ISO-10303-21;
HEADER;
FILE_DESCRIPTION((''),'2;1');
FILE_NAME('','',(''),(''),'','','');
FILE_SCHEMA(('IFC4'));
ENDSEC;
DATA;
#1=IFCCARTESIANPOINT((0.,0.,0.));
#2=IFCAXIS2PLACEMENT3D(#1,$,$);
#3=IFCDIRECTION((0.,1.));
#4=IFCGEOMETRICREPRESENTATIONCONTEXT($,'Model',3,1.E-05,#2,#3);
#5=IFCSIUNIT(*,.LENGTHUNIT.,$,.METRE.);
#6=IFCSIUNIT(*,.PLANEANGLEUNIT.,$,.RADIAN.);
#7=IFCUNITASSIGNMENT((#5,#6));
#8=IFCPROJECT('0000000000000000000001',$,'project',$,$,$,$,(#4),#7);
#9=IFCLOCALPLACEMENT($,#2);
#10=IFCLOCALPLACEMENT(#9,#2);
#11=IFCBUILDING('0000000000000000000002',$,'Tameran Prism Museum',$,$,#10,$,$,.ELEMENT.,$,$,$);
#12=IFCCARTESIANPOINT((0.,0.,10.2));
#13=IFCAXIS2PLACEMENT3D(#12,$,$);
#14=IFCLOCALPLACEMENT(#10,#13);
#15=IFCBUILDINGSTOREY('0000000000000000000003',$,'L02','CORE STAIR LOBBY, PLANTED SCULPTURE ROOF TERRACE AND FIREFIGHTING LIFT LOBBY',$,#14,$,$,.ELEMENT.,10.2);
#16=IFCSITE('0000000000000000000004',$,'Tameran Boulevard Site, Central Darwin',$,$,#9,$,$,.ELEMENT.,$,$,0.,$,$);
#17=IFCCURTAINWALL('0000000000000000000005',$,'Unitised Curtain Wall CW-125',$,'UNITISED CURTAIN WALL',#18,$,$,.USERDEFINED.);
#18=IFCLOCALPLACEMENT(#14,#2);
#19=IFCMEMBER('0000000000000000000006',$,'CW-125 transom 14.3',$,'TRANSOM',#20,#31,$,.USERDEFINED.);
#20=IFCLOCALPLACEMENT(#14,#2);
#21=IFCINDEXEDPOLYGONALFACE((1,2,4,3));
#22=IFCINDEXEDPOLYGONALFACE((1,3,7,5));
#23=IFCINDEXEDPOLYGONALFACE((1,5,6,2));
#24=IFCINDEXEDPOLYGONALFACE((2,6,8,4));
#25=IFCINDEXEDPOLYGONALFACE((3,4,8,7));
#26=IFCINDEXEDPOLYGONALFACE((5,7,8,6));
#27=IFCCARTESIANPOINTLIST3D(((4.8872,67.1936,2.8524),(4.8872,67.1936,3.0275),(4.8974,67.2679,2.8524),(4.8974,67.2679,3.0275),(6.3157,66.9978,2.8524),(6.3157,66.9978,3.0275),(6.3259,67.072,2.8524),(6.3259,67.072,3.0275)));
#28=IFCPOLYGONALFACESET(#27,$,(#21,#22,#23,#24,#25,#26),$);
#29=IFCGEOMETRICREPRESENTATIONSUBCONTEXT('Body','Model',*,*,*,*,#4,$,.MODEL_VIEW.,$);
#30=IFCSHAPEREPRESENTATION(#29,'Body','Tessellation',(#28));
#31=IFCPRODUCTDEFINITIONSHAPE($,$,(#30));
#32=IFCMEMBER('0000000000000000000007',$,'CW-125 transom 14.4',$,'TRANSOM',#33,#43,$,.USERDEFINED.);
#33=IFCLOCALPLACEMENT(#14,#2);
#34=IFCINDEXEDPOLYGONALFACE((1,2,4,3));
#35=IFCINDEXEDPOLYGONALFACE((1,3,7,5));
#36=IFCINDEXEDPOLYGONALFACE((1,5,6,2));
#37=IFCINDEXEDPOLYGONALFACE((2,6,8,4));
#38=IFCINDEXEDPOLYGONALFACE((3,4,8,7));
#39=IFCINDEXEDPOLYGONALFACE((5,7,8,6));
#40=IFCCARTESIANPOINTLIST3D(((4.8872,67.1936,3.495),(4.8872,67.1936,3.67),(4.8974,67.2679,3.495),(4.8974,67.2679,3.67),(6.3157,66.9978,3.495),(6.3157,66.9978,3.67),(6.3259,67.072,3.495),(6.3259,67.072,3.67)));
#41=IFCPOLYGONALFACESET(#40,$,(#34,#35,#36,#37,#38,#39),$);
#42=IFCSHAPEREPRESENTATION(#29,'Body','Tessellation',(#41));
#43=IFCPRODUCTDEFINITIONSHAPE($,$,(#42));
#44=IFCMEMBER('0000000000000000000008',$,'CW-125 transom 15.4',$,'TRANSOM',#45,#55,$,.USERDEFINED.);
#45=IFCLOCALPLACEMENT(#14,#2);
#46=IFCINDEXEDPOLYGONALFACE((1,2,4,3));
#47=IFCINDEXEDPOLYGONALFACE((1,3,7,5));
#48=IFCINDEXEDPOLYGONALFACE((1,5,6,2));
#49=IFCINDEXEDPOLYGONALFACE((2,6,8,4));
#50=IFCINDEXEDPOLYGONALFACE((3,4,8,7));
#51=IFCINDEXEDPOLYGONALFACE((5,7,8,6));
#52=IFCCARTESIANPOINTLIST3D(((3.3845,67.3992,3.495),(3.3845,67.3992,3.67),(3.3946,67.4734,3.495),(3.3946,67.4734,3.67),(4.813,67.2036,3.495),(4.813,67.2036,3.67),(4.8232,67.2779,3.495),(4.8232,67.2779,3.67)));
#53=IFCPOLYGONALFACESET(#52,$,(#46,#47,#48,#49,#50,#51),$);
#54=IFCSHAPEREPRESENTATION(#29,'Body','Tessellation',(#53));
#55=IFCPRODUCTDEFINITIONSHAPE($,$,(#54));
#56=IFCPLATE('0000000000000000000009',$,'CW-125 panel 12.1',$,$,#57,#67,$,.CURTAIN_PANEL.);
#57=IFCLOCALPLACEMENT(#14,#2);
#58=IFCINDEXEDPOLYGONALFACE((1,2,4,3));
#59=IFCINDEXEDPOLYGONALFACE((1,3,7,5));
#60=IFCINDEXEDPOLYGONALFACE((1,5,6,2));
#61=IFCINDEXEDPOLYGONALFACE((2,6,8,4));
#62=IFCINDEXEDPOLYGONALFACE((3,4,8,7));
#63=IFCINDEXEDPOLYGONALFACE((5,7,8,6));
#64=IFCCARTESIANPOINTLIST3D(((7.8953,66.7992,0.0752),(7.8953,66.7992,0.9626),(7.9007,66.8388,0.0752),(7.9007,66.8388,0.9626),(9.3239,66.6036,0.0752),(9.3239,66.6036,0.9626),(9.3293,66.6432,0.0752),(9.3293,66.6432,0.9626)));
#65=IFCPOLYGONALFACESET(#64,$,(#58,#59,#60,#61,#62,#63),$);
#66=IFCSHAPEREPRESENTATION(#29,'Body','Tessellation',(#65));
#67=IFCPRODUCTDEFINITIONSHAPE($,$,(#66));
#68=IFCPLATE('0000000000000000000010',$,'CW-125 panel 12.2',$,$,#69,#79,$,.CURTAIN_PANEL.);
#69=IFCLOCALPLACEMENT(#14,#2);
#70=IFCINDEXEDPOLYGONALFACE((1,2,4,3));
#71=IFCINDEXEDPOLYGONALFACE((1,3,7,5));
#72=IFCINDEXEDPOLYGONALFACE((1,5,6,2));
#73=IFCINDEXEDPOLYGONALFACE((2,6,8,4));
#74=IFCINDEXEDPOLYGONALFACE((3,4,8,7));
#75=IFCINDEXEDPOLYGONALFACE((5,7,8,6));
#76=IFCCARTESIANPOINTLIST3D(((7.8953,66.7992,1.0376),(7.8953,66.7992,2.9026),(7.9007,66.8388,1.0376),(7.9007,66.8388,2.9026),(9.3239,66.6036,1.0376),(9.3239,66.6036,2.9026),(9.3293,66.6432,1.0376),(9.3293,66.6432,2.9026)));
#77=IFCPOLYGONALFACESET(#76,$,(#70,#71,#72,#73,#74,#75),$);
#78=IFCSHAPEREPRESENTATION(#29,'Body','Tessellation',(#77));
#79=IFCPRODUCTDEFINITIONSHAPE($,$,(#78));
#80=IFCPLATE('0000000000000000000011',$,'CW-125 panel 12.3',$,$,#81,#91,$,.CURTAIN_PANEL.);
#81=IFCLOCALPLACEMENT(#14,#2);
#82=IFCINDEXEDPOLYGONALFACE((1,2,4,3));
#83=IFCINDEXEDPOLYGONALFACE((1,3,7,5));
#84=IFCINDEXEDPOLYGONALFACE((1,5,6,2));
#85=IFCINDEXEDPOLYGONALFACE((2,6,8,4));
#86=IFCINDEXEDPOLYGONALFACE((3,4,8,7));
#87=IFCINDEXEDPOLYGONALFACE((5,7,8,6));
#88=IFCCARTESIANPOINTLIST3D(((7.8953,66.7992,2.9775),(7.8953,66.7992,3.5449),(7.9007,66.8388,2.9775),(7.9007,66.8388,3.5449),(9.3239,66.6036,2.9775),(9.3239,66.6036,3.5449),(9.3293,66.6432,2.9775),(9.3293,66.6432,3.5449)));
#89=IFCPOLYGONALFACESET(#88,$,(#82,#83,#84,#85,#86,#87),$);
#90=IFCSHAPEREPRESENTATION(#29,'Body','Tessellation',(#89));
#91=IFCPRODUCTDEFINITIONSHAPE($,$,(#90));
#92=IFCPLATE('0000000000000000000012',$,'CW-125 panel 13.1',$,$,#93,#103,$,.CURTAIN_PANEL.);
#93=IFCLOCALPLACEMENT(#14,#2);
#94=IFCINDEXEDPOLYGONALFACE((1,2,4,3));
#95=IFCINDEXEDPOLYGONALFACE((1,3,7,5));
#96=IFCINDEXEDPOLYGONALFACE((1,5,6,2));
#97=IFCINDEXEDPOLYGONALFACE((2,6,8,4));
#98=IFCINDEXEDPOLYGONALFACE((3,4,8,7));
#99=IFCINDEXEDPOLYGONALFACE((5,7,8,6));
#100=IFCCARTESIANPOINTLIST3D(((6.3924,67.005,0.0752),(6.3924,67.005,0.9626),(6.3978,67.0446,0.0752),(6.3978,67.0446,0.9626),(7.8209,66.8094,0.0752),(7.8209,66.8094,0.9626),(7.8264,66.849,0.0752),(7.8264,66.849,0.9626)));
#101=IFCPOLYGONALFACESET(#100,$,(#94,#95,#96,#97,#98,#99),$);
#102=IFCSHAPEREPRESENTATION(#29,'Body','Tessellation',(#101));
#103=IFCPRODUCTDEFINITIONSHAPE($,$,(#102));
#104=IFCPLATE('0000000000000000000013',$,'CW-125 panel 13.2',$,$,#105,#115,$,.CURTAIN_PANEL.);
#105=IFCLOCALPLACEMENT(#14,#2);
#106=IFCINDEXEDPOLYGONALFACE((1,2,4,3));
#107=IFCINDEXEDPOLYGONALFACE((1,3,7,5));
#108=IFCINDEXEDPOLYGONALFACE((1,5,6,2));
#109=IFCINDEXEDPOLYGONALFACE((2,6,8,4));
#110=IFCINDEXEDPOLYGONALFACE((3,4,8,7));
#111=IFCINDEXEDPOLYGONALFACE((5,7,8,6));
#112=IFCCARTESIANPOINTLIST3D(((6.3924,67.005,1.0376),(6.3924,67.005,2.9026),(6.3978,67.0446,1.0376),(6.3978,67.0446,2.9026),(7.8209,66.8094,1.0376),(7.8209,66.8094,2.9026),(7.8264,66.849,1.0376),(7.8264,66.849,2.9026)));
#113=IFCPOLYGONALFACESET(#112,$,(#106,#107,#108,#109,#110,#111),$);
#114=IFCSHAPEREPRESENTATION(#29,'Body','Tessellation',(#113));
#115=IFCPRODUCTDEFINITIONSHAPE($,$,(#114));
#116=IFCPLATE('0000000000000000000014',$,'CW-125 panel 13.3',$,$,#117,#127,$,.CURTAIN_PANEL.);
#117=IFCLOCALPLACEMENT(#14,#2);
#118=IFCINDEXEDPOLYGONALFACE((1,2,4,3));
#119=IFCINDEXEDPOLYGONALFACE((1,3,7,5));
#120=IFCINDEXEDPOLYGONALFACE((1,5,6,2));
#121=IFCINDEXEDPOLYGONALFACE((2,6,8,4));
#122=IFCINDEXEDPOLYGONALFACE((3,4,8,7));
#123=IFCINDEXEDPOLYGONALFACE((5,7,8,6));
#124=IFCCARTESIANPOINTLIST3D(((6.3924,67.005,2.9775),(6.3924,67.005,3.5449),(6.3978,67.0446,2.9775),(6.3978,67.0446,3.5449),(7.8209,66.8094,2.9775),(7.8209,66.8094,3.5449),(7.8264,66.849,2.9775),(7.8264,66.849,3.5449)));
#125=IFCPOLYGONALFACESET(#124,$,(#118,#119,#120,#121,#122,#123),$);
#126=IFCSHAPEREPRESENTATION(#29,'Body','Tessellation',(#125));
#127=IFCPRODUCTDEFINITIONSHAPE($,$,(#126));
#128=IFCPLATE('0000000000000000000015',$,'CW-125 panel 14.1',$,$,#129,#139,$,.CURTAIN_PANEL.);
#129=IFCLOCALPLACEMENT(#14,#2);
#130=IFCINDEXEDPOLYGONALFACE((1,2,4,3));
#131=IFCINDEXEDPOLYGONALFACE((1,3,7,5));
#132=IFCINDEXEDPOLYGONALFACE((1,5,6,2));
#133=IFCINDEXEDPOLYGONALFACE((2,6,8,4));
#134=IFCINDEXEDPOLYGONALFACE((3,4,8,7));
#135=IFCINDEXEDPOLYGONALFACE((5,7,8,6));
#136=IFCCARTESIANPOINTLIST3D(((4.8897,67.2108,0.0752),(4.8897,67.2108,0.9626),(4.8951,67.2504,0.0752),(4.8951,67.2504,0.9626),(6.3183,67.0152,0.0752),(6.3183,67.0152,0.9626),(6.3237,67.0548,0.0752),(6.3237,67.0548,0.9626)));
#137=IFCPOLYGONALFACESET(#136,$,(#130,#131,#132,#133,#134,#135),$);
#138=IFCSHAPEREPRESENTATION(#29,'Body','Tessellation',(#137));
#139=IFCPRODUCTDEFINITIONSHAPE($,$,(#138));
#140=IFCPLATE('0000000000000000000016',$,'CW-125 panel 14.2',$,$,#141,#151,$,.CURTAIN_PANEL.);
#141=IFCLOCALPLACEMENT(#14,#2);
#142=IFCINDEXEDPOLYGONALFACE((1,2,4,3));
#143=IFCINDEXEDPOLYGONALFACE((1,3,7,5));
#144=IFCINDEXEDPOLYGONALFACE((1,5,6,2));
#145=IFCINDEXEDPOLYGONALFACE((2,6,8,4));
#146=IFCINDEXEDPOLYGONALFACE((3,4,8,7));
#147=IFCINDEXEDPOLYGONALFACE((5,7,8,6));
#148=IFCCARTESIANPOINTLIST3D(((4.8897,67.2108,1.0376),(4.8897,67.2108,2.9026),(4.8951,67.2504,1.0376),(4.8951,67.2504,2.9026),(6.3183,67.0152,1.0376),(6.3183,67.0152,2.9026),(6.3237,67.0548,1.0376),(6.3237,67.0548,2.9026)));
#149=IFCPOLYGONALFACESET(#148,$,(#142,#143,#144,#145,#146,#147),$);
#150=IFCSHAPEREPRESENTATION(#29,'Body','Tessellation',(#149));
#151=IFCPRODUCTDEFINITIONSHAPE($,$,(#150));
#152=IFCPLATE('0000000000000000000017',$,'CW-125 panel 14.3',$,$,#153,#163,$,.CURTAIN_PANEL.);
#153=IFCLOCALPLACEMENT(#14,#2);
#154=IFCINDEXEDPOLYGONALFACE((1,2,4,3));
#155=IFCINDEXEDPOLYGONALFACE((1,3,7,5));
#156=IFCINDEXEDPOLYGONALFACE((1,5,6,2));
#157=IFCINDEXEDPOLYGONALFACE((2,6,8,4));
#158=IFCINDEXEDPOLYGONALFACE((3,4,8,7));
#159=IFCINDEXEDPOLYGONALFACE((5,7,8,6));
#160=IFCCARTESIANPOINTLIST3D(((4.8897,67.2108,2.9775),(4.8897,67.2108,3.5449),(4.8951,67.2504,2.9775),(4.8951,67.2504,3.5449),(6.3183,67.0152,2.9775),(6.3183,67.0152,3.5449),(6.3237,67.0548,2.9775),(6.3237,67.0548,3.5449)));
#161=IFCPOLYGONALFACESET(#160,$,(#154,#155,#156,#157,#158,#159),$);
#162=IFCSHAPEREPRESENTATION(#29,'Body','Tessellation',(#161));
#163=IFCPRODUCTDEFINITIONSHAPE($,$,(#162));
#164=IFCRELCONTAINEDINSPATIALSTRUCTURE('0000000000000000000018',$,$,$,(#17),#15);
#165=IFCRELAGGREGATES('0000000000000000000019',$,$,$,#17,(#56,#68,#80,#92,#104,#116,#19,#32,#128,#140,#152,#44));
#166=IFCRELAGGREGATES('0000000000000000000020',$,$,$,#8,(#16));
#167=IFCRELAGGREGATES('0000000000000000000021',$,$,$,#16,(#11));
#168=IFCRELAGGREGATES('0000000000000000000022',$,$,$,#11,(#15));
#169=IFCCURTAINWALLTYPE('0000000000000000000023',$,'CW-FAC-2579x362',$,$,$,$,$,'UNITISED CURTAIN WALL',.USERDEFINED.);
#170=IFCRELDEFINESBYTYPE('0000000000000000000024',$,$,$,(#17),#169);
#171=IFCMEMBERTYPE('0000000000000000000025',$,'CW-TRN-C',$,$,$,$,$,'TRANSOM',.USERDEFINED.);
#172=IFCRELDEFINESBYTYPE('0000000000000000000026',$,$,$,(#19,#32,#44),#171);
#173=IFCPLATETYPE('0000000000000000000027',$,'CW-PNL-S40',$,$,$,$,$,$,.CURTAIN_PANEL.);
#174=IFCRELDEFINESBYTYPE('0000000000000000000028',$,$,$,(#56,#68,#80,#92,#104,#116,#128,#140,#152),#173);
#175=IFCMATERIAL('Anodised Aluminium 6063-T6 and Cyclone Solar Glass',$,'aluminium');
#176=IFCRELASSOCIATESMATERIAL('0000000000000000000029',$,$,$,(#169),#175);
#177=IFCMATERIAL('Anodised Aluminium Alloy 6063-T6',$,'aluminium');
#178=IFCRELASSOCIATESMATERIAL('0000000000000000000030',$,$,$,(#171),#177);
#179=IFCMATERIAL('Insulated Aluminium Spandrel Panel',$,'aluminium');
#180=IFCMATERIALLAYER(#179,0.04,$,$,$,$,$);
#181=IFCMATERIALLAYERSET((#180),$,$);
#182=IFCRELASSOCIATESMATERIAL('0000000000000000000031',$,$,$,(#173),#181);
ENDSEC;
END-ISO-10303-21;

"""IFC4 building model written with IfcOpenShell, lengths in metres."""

from ifc_helpers import new_model, si_unit, direction, frame, origin, origin_2d, place, context, subcontext, project, spatial, rectangle, extrude, material, layer, layer_set, material_profile, profile_set, type_object, element, aggregate, save


model = new_model("IFC4")

# Units and contexts
model_context = context("Model", 3, precision=1e-05, world=origin(), true_north=direction((0.0, 1.0)))
body_context = subcontext(model_context, "Body", "Model", "MODEL_VIEW")
ifc_project = project(units=[si_unit("LENGTHUNIT", "METRE"), si_unit("PLANEANGLEUNIT", "RADIAN")], contexts=[model_context])

# Site, building, storey
site_placement = place(None, origin())
site = spatial("IfcSite", under=ifc_project, at=site_placement, Name="Tameran Boulevard Site, Central Darwin", CompositionType="ELEMENT", RefElevation=0.0)
building_placement = place(site_placement, origin())
building = spatial("IfcBuilding", under=site, at=building_placement, Name="Tameran Prism Museum", CompositionType="ELEMENT")
storey_placement = place(building_placement, frame((0.0, 0.0, 10.2)))
storey = spatial("IfcBuildingStorey", under=building, at=storey_placement, Name="L02", Description="CORE STAIR LOBBY, PLANTED SCULPTURE ROOF TERRACE AND FIREFIGHTING LIFT LOBBY", CompositionType="ELEMENT", Elevation=10.2)

# Curtain wall, members, plates
ifc_material_1 = material(Name="Anodised Aluminium 6063-T6 and Cyclone Solar Glass", Category="aluminium")
curtain_wall_type = type_object("IfcCurtainWallType", Name="CW-FAC-2579x362", ElementType="UNITISED CURTAIN WALL", PredefinedType="USERDEFINED", material=ifc_material_1)
curtain_wall_placement = place(storey_placement, origin())
curtain_wall = element("IfcCurtainWall", 1, at=curtain_wall_placement, inside=storey, type_object=curtain_wall_type, Name="Unitised Curtain Wall CW-125", ObjectType="UNITISED CURTAIN WALL", PredefinedType="USERDEFINED")
ifc_material_2 = material(Name="Anodised Aluminium Alloy 6063-T6", Category="aluminium")
ifc_material_profile_1 = material_profile(ifc_material_2, rectangle(XDim=0.075, YDim=0.175, at=origin_2d()))
ifc_profile_set_1 = profile_set([ifc_material_profile_1])
member_type_1 = type_object("IfcMemberType", Name="CW-TRN-C", ElementType="TRANSOM", PredefinedType="USERDEFINED", material=ifc_profile_set_1)
member_1_placement = place(storey_placement, frame((6.3208, 67.0349, 2.9399), z_axis=(-0.990736, 0.135801, 0.0), x_axis=(-0.135801, -0.990736, 0.0)))
member_1 = element("IfcMember", 2, at=member_1_placement, type_object=member_type_1, Name="CW-125 transom 14.3", ObjectType="TRANSOM", PredefinedType="USERDEFINED", context=body_context, shape_type="SweptSolid", body=[
    extrude(rectangle(XDim=0.075, YDim=0.175, at=origin_2d()), origin(), (0.0, 0.0, 1.0), 1.4419),
])
member_2_placement = place(storey_placement, frame((6.3208, 67.0349, 3.5825), z_axis=(-0.990736, 0.135801, 0.0), x_axis=(-0.135801, -0.990736, 0.0)))
member_2 = element("IfcMember", 3, at=member_2_placement, type_object=member_type_1, Name="CW-125 transom 14.4", ObjectType="TRANSOM", PredefinedType="USERDEFINED", context=body_context, shape_type="SweptSolid", body=[
    extrude(rectangle(XDim=0.075, YDim=0.175, at=origin_2d()), origin(), (0.0, 0.0, 1.0), 1.4419),
])
member_3_placement = place(storey_placement, frame((4.8181, 67.2407, 3.5825), z_axis=(-0.990759, 0.135635, 0.0), x_axis=(-0.135635, -0.990759, 0.0)))
member_3 = element("IfcMember", 4, at=member_3_placement, type_object=member_type_1, Name="CW-125 transom 15.4", ObjectType="TRANSOM", PredefinedType="USERDEFINED", context=body_context, shape_type="SweptSolid", body=[
    extrude(rectangle(XDim=0.075, YDim=0.175, at=origin_2d()), origin(), (0.0, 0.0, 1.0), 1.4419),
])
ifc_material_3 = material(Name="Insulated Aluminium Spandrel Panel", Category="aluminium")
ifc_layer = layer(ifc_material_3, 0.04)
ifc_layer_set = layer_set([ifc_layer])
plate_type = type_object("IfcPlateType", Name="CW-PNL-S40", PredefinedType="CURTAIN_PANEL", material=ifc_layer_set)
plate_1_placement = place(storey_placement, frame((8.6123, 66.7212, 0.0752), z_axis=(0.0, 0.0, 1.0), x_axis=(-0.990756, 0.135658, 0.0)))
plate_1 = element("IfcPlate", 5, at=plate_1_placement, type_object=plate_type, Name="CW-125 panel 12.1", PredefinedType="CURTAIN_PANEL", context=body_context, shape_type="SweptSolid", body=[
    extrude(rectangle(XDim=1.4419, YDim=0.04, at=origin_2d()), origin(), (0.0, 0.0, 1.0), 0.8875),
])
plate_2_placement = place(storey_placement, frame((8.6123, 66.7212, 1.0376), z_axis=(0.0, 0.0, 1.0), x_axis=(-0.990756, 0.135658, 0.0)))
plate_2 = element("IfcPlate", 6, at=plate_2_placement, type_object=plate_type, Name="CW-125 panel 12.2", PredefinedType="CURTAIN_PANEL", context=body_context, shape_type="SweptSolid", body=[
    extrude(rectangle(XDim=1.4419, YDim=0.04, at=origin_2d()), origin(), (0.0, 0.0, 1.0), 1.865),
])
plate_3_placement = place(storey_placement, frame((8.6123, 66.7212, 2.9775), z_axis=(0.0, 0.0, 1.0), x_axis=(-0.990756, 0.135658, 0.0)))
plate_3 = element("IfcPlate", 7, at=plate_3_placement, type_object=plate_type, Name="CW-125 panel 12.3", PredefinedType="CURTAIN_PANEL", context=body_context, shape_type="SweptSolid", body=[
    extrude(rectangle(XDim=1.4419, YDim=0.04, at=origin_2d()), origin(), (0.0, 0.0, 1.0), 0.5674),
])
plate_4_placement = place(storey_placement, frame((7.1094, 66.927, 0.0752), z_axis=(0.0, 0.0, 1.0), x_axis=(-0.990756, 0.135658, 0.0)))
plate_4 = element("IfcPlate", 8, at=plate_4_placement, type_object=plate_type, Name="CW-125 panel 13.1", PredefinedType="CURTAIN_PANEL", context=body_context, shape_type="SweptSolid", body=[
    extrude(rectangle(XDim=1.4419, YDim=0.04, at=origin_2d()), origin(), (0.0, 0.0, 1.0), 0.8875),
])
plate_5_placement = place(storey_placement, frame((7.1094, 66.927, 1.0376), z_axis=(0.0, 0.0, 1.0), x_axis=(-0.990756, 0.135658, 0.0)))
plate_5 = element("IfcPlate", 9, at=plate_5_placement, type_object=plate_type, Name="CW-125 panel 13.2", PredefinedType="CURTAIN_PANEL", context=body_context, shape_type="SweptSolid", body=[
    extrude(rectangle(XDim=1.4419, YDim=0.04, at=origin_2d()), origin(), (0.0, 0.0, 1.0), 1.865),
])
plate_6_placement = place(storey_placement, frame((7.1094, 66.927, 2.9775), z_axis=(0.0, 0.0, 1.0), x_axis=(-0.990756, 0.135658, 0.0)))
plate_6 = element("IfcPlate", 10, at=plate_6_placement, type_object=plate_type, Name="CW-125 panel 13.3", PredefinedType="CURTAIN_PANEL", context=body_context, shape_type="SweptSolid", body=[
    extrude(rectangle(XDim=1.4419, YDim=0.04, at=origin_2d()), origin(), (0.0, 0.0, 1.0), 0.5674),
])
plate_7_placement = place(storey_placement, frame((5.6067, 67.1328, 0.0752), z_axis=(0.0, 0.0, 1.0), x_axis=(-0.990756, 0.135658, 0.0)))
plate_7 = element("IfcPlate", 11, at=plate_7_placement, type_object=plate_type, Name="CW-125 panel 14.1", PredefinedType="CURTAIN_PANEL", context=body_context, shape_type="SweptSolid", body=[
    extrude(rectangle(XDim=1.4419, YDim=0.04, at=origin_2d()), origin(), (0.0, 0.0, 1.0), 0.8875),
])
plate_8_placement = place(storey_placement, frame((5.6067, 67.1328, 1.0376), z_axis=(0.0, 0.0, 1.0), x_axis=(-0.990756, 0.135658, 0.0)))
plate_8 = element("IfcPlate", 12, at=plate_8_placement, type_object=plate_type, Name="CW-125 panel 14.2", PredefinedType="CURTAIN_PANEL", context=body_context, shape_type="SweptSolid", body=[
    extrude(rectangle(XDim=1.4419, YDim=0.04, at=origin_2d()), origin(), (0.0, 0.0, 1.0), 1.865),
])
plate_9_placement = place(storey_placement, frame((5.6067, 67.1328, 2.9775), z_axis=(0.0, 0.0, 1.0), x_axis=(-0.990756, 0.135658, 0.0)))
plate_9 = element("IfcPlate", 13, at=plate_9_placement, type_object=plate_type, Name="CW-125 panel 14.3", PredefinedType="CURTAIN_PANEL", context=body_context, shape_type="SweptSolid", body=[
    extrude(rectangle(XDim=1.4419, YDim=0.04, at=origin_2d()), origin(), (0.0, 0.0, 1.0), 0.5674),
])
aggregate(curtain_wall, [plate_1, plate_2, plate_3, plate_4, plate_5, plate_6, member_1, member_2, plate_7, plate_8, plate_9, member_3])

save(model, "model.ifc")
